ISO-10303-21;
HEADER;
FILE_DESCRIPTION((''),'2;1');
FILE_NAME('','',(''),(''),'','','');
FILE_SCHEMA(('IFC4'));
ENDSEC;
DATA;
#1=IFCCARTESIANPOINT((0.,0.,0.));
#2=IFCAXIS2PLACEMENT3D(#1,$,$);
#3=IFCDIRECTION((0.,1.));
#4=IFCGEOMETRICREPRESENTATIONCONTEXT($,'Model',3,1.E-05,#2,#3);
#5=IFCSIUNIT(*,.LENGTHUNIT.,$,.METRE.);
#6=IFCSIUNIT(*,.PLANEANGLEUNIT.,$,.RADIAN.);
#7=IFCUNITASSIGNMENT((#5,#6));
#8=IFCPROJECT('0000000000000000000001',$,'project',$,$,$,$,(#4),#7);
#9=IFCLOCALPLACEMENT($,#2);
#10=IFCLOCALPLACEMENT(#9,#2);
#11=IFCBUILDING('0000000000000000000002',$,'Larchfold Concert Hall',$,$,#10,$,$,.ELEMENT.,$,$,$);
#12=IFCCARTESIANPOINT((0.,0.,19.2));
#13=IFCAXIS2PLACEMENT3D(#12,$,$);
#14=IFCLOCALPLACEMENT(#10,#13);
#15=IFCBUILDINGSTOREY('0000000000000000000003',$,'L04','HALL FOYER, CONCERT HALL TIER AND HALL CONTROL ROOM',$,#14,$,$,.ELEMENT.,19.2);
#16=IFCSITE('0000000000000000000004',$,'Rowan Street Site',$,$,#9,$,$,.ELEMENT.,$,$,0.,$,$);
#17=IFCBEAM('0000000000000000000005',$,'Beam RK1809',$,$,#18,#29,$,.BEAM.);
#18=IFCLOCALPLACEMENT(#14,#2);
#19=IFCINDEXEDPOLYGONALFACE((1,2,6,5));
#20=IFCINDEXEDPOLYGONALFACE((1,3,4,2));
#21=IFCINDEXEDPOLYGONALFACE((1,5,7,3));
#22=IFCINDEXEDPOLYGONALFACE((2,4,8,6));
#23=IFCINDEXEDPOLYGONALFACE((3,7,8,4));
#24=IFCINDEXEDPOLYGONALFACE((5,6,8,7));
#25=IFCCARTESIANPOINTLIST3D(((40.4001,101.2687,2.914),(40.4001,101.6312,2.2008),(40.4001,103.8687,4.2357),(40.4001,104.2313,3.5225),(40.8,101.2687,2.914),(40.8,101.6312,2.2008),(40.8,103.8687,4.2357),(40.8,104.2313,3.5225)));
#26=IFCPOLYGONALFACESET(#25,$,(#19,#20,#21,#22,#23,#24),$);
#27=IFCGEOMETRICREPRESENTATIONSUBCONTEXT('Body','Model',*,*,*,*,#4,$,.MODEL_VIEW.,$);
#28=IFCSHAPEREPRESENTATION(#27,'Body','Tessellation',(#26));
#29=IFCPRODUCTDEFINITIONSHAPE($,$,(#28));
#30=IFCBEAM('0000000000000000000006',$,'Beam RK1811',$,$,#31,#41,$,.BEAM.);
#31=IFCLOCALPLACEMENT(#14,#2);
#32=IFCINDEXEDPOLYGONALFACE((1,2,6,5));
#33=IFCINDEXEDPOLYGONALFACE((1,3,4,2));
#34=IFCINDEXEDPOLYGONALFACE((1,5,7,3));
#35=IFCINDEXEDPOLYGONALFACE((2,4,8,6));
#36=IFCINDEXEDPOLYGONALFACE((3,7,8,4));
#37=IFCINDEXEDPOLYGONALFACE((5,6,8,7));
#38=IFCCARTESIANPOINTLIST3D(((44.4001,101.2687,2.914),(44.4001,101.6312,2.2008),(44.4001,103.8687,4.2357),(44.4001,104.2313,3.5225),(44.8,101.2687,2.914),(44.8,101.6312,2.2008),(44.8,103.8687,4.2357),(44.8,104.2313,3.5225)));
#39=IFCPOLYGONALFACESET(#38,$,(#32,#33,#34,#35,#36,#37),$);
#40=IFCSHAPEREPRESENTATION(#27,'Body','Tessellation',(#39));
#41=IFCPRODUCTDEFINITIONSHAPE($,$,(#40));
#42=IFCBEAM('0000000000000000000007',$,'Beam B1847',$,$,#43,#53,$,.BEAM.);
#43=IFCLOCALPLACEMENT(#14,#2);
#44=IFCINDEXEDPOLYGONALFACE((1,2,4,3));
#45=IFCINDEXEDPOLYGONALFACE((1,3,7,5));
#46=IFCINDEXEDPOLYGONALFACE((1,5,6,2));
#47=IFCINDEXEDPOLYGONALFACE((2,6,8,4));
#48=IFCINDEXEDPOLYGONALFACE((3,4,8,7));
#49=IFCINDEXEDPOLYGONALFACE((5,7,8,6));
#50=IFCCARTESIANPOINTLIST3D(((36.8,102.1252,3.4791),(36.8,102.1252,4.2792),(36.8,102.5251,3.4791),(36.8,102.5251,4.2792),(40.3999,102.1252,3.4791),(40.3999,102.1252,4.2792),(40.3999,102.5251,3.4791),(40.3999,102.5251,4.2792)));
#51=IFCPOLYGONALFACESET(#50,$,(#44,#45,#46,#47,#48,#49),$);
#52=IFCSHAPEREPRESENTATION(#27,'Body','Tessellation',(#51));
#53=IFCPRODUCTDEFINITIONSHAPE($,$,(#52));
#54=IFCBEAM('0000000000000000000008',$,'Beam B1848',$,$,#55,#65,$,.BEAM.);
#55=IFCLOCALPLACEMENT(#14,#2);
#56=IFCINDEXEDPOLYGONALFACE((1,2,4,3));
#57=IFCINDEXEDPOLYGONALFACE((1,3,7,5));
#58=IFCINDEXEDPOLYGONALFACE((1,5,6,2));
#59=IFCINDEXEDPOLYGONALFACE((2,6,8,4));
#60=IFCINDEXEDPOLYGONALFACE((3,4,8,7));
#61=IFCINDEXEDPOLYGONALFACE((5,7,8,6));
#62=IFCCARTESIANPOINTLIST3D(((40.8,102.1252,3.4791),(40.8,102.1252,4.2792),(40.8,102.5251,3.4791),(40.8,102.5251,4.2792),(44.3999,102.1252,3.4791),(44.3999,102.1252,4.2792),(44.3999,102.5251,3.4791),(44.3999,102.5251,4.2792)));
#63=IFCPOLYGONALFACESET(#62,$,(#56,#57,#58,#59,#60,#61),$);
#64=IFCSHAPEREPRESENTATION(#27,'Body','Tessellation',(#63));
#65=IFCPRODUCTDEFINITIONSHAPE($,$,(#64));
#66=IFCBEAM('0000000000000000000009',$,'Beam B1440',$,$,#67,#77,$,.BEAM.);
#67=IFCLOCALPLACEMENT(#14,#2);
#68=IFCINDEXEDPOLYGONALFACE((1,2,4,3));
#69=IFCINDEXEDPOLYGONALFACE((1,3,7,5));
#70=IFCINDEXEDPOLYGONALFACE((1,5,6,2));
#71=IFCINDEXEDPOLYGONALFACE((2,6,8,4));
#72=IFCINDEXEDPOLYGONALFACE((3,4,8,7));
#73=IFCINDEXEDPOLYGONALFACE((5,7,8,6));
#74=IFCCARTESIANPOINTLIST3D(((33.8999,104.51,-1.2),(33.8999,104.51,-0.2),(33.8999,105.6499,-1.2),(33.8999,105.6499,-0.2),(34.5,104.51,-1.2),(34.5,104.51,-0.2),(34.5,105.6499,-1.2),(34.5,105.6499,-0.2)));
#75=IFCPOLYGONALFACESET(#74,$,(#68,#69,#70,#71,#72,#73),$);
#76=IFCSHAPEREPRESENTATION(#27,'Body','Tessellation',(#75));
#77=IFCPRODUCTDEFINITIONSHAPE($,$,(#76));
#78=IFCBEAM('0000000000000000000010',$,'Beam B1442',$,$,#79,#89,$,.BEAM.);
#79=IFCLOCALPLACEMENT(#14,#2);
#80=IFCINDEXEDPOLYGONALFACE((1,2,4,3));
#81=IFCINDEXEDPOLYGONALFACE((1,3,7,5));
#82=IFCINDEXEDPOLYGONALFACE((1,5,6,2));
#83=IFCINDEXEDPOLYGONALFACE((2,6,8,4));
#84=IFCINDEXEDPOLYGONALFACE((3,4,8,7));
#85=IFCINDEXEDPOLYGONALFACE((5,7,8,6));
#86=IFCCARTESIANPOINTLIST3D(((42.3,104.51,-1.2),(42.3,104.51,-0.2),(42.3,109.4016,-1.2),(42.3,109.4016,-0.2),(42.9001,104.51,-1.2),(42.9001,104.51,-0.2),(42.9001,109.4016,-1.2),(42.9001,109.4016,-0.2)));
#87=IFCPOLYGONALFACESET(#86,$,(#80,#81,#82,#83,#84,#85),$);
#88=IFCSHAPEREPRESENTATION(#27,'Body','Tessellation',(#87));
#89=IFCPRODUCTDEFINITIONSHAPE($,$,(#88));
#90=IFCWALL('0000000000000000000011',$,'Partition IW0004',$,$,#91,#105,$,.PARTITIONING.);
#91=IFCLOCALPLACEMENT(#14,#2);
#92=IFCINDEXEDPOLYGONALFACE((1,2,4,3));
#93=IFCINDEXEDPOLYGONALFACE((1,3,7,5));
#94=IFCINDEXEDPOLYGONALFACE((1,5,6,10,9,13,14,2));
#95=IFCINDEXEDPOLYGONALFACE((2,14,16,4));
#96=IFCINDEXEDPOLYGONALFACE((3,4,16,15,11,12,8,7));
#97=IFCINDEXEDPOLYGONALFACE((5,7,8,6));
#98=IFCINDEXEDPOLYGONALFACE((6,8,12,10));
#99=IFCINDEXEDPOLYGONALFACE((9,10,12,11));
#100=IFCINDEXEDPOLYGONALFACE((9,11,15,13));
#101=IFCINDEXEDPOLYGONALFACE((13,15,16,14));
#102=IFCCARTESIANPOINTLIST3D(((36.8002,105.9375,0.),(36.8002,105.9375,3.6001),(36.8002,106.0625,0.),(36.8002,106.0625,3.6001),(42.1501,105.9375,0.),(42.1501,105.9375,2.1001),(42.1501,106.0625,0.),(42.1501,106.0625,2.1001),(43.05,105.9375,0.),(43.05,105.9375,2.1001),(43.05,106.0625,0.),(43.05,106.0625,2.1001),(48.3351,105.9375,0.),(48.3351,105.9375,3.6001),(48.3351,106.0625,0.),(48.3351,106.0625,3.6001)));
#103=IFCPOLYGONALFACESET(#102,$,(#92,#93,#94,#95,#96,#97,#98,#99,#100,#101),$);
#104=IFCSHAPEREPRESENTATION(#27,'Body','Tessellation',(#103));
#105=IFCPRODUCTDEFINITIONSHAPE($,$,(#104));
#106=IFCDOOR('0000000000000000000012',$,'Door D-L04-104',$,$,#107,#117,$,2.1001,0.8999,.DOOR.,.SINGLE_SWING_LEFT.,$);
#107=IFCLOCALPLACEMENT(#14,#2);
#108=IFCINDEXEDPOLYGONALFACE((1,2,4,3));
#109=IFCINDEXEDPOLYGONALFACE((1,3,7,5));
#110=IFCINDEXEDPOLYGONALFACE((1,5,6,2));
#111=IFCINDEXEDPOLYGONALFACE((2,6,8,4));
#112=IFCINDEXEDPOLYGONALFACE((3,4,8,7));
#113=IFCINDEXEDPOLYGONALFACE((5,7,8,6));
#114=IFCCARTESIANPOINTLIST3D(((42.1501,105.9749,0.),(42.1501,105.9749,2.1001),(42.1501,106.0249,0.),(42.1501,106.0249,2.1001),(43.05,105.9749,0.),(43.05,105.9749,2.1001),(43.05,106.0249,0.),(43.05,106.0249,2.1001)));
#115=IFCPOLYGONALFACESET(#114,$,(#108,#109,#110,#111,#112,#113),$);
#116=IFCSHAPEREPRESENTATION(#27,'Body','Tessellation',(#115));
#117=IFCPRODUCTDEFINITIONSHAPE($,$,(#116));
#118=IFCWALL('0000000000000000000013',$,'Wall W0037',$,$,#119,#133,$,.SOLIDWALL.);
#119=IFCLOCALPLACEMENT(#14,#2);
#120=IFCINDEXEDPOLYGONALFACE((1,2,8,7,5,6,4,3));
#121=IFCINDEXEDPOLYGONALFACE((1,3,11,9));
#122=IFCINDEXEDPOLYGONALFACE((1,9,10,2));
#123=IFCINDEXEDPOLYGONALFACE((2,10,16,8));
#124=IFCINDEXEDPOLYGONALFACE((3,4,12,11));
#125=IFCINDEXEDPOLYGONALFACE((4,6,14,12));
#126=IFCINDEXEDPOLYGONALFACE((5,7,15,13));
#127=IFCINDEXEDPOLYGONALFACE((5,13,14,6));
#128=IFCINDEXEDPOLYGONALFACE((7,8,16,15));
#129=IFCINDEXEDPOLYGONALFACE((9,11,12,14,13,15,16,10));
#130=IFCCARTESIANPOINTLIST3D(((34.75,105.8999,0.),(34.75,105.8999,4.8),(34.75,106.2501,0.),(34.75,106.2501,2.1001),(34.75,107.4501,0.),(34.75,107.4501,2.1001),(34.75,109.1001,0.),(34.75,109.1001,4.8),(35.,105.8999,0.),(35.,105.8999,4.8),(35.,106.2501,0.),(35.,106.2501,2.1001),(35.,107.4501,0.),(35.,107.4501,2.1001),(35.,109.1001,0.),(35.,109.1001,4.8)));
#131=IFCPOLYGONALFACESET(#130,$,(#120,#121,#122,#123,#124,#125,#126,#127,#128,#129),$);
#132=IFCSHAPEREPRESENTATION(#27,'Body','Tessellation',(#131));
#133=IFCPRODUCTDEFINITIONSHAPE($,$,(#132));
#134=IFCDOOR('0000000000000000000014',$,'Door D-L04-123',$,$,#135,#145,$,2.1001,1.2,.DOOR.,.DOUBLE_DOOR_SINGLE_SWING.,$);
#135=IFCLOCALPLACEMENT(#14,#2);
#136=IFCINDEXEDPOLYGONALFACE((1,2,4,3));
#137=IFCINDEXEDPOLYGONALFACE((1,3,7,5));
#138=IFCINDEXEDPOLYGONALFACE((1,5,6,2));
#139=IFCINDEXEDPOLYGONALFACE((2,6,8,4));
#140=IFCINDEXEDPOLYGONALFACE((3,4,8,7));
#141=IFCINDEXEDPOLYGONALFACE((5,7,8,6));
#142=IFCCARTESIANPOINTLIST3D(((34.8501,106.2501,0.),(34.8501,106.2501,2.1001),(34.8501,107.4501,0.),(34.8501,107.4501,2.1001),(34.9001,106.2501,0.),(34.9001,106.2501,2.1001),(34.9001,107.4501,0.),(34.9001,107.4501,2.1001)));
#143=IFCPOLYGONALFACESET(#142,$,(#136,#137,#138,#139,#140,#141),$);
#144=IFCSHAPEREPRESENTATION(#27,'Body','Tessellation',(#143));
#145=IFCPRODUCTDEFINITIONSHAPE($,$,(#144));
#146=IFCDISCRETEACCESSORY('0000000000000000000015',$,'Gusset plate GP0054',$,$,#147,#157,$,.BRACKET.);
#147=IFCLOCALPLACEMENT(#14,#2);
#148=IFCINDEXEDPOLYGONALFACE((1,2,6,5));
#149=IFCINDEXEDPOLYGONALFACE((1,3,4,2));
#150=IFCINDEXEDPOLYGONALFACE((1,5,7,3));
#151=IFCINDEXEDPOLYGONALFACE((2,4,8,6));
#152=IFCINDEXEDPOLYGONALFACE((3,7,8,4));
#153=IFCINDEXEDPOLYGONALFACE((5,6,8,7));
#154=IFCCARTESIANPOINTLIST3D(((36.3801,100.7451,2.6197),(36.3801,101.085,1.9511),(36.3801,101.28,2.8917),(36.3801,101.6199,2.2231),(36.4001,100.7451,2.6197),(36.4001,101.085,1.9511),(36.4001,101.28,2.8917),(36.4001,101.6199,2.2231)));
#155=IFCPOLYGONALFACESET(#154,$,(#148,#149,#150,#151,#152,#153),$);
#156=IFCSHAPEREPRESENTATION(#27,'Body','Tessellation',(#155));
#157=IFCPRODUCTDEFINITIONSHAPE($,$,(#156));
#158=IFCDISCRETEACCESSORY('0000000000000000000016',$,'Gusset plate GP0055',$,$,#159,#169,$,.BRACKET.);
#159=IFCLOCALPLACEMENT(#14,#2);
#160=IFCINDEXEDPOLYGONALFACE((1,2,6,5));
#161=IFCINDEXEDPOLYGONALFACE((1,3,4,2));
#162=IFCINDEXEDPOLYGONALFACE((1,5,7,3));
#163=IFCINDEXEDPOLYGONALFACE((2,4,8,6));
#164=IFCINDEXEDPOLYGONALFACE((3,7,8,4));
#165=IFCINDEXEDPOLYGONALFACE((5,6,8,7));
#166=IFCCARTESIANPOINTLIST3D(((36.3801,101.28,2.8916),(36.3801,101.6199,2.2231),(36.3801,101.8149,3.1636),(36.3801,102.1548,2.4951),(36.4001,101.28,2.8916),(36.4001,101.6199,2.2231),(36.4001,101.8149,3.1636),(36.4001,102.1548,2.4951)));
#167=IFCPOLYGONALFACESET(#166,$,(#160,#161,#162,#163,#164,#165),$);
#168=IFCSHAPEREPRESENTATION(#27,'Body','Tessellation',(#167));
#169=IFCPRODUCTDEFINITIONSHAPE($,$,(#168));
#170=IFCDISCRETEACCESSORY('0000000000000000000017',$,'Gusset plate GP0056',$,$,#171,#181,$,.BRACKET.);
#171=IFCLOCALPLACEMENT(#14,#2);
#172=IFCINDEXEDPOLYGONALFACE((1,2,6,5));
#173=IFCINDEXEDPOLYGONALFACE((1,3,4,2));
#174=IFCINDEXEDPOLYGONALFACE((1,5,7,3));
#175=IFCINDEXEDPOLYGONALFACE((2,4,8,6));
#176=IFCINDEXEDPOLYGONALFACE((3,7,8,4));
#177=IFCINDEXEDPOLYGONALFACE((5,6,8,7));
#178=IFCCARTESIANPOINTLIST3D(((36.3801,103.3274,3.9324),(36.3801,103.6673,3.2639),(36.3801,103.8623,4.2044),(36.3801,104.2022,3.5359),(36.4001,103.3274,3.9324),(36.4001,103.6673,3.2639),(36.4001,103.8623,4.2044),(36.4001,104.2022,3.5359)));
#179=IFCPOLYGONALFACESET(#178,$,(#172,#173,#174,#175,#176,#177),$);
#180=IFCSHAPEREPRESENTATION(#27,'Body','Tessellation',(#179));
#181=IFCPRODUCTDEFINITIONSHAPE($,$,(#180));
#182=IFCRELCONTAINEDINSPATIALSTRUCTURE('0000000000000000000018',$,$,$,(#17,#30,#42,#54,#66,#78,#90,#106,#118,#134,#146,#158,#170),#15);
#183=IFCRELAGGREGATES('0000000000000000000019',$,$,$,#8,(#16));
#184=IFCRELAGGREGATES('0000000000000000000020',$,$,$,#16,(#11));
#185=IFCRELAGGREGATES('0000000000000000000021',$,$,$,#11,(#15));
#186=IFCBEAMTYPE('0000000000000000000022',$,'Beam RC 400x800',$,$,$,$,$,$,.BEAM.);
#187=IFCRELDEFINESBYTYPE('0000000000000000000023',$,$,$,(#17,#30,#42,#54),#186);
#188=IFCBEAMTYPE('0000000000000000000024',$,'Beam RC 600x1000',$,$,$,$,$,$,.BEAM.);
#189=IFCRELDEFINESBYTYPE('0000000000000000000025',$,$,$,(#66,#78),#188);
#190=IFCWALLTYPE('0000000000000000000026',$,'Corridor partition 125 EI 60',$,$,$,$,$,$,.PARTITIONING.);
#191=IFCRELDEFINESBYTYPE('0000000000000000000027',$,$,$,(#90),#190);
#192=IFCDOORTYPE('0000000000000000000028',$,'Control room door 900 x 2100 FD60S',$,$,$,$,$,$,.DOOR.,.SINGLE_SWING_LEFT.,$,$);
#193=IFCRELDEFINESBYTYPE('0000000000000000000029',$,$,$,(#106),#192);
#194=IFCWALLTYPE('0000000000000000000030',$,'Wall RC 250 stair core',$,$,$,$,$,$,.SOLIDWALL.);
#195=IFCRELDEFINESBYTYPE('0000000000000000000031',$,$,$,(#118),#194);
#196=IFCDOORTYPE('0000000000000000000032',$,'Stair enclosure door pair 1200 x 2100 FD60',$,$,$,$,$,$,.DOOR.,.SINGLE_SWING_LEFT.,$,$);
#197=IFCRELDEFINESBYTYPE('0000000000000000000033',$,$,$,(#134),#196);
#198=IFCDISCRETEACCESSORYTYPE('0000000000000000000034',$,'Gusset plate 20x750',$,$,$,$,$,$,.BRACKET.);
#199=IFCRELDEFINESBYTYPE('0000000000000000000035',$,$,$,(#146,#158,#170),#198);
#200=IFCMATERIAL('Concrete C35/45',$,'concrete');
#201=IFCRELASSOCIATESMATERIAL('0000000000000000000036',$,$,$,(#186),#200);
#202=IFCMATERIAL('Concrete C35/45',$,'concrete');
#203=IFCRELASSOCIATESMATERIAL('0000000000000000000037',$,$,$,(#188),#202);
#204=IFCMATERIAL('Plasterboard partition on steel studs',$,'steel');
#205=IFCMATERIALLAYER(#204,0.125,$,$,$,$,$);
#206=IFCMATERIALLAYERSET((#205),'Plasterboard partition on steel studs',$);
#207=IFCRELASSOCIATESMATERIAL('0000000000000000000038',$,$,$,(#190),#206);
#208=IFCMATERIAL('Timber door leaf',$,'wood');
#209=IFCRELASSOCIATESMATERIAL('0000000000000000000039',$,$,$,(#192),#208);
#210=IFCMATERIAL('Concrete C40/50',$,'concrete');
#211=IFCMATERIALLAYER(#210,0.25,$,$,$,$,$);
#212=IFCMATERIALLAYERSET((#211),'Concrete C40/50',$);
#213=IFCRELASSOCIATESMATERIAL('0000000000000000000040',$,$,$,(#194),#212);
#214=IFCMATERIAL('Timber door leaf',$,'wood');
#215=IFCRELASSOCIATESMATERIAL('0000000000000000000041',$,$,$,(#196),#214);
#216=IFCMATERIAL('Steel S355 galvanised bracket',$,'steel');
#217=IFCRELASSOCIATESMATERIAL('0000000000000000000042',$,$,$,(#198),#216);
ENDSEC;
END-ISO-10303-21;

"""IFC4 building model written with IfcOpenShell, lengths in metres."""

from ifc_helpers import new_model, si_unit, direction, frame, frame_2d, origin, origin_2d, place, context, subcontext, project, spatial, rectangle, extrude, material, layer, layer_set, material_profile, profile_set, type_object, element, fill, save


model = new_model("IFC4")

# Units and contexts
model_context = context("Model", 3, precision=1e-05, world=origin(), true_north=direction((0.0, 1.0)))
body_context = subcontext(model_context, "Body", "Model", "MODEL_VIEW")
ifc_project = project(units=[si_unit("LENGTHUNIT", "METRE"), si_unit("PLANEANGLEUNIT", "RADIAN")], contexts=[model_context])

# Site, building, storey
site_placement = place(None, origin())
site = spatial("IfcSite", under=ifc_project, at=site_placement, Name="Rowan Street Site", CompositionType="ELEMENT", RefElevation=0.0)
building_placement = place(site_placement, origin())
building = spatial("IfcBuilding", under=site, at=building_placement, Name="Larchfold Concert Hall", CompositionType="ELEMENT")
storey_placement = place(building_placement, frame((0.0, 0.0, 19.2)))
storey = spatial("IfcBuildingStorey", under=building, at=storey_placement, Name="L04", Description="HALL FOYER, CONCERT HALL TIER AND HALL CONTROL ROOM", CompositionType="ELEMENT", Elevation=19.2)

# Beams
ifc_material_1 = material(Name="Concrete C35/45", Category="concrete")
ifc_material_profile_1 = material_profile(ifc_material_1, rectangle(XDim=0.3999, YDim=0.8, at=origin_2d()))
ifc_profile_set_1 = profile_set([ifc_material_profile_1], Name="Concrete C35/45")
beam_type_1 = type_object("IfcBeamType", Name="Beam RC 400x800", PredefinedType="BEAM", material=ifc_profile_set_1)
for number, where, z_axis, x_axis, name in (
    (1, (40.6001, 101.45, 2.5574), (0.0, 0.891428, 0.453163), (-1.0, 0.0, 0.0), "Beam RK1809"),
    (2, (44.6001, 101.45, 2.5574), (0.0, 0.891428, 0.453163), (-1.0, 0.0, 0.0), "Beam RK1811"),
):
    element("IfcBeam", number, at=place(storey_placement, frame(where, z_axis=z_axis, x_axis=x_axis)), inside=storey, type_object=beam_type_1, Name=name, PredefinedType="BEAM", context=body_context, shape_type="SweptSolid", body=[
        extrude(rectangle(XDim=0.3999, YDim=0.8, at=origin_2d()), origin(), (0.0, 0.0, 1.0), 2.9167),
    ])
for number, where, z_axis, x_axis, name in (
    (3, (36.8, 102.3252, 3.8792), (1.0, 0.0, 0.0), (0.0, 1.0, 0.0), "Beam B1847"),
    (4, (40.8, 102.3252, 3.8792), (1.0, 0.0, 0.0), (0.0, 1.0, 0.0), "Beam B1848"),
):
    element("IfcBeam", number, at=place(storey_placement, frame(where, z_axis=z_axis, x_axis=x_axis)), inside=storey, type_object=beam_type_1, Name=name, PredefinedType="BEAM", context=body_context, shape_type="SweptSolid", body=[
        extrude(rectangle(XDim=0.3999, YDim=0.8, at=origin_2d()), origin(), (0.0, 0.0, 1.0), 3.5999),
    ])
ifc_material_2 = material(Name="Concrete C35/45", Category="concrete")
ifc_material_profile_2 = material_profile(ifc_material_2, rectangle(XDim=0.6001, YDim=1.0, at=origin_2d()))
ifc_profile_set_2 = profile_set([ifc_material_profile_2], Name="Concrete C35/45")
beam_type_2 = type_object("IfcBeamType", Name="Beam RC 600x1000", PredefinedType="BEAM", material=ifc_profile_set_2)
beam_1_placement = place(storey_placement, frame((34.2, 104.51, -0.7), z_axis=(0.0, 1.0, 0.0), x_axis=(-1.0, 0.0, 0.0)))
element("IfcBeam", 5, at=beam_1_placement, inside=storey, type_object=beam_type_2, Name="Beam B1440", PredefinedType="BEAM", context=body_context, shape_type="SweptSolid", body=[
    extrude(rectangle(XDim=0.6001, YDim=1.0, at=origin_2d()), origin(), (0.0, 0.0, 1.0), 1.1399),
])
beam_2_placement = place(storey_placement, frame((42.6001, 104.51, -0.7), z_axis=(0.0, 1.0, 0.0), x_axis=(-1.0, 0.0, 0.0)))
element("IfcBeam", 6, at=beam_2_placement, inside=storey, type_object=beam_type_2, Name="Beam B1442", PredefinedType="BEAM", context=body_context, shape_type="SweptSolid", body=[
    extrude(rectangle(XDim=0.6001, YDim=1.0, at=origin_2d()), origin(), (0.0, 0.0, 1.0), 4.8916),
])

# Walls, openings, doors
ifc_material_3 = material(Name="Plasterboard partition on steel studs", Category="steel")
ifc_layer_1 = layer(ifc_material_3, 0.125)
ifc_layer_set_1 = layer_set([ifc_layer_1], Name="Plasterboard partition on steel studs")
wall_type_1 = type_object("IfcWallType", Name="Corridor partition 125 EI 60", PredefinedType="PARTITIONING", material=ifc_layer_set_1)
wall_1_placement = place(storey_placement, frame((36.8, 106.0, 0.0), z_axis=(0.0, 0.0, 1.0), x_axis=(1.0, 0.0, 0.0)))
wall_1 = element("IfcWall", 7, at=wall_1_placement, inside=storey, type_object=wall_type_1, Name="Partition IW0004", PredefinedType="PARTITIONING", context=body_context, shape_type="SweptSolid", body=[
    extrude(rectangle(XDim=11.5349, YDim=0.125, at=frame_2d((5.7676, 0.0))), origin(), (0.0, 0.0, 1.0), 3.6001),
])
opening_1_placement = place(wall_1_placement, frame((5.3501, 0.0, 0.0)))
opening_1 = element("IfcOpeningElement", 8, at=opening_1_placement, cuts=wall_1, PredefinedType="OPENING", context=body_context, shape_type="SweptSolid", body=[
    extrude(rectangle(XDim=0.8999, YDim=2.1001, at=frame_2d((0.45, 1.05))), frame((0.0, 0.0725, 0.0), z_axis=(0.0, -1.0, 0.0), x_axis=(1.0, 0.0, 0.0)), (0.0, 0.0, 1.0), 0.145),
])
ifc_material_4 = material(Name="Timber door leaf", Category="wood")
door_type_1 = type_object("IfcDoorType", Name="Control room door 900 x 2100 FD60S", OperationType="SINGLE_SWING_LEFT", PredefinedType="DOOR", material=ifc_material_4)
door_1_placement = place(opening_1_placement, origin())
door_1 = element("IfcDoor", 9, at=door_1_placement, inside=storey, type_object=door_type_1, Name="Door D-L04-104", OperationType="SINGLE_SWING_LEFT", OverallHeight=2.1001, OverallWidth=0.8999, PredefinedType="DOOR", context=body_context, shape_type="SweptSolid", body=[
    extrude(rectangle(XDim=0.8999, YDim=2.1001, at=frame_2d((0.45, 1.05))), frame((0.0, 0.0249, 0.0), z_axis=(0.0, -1.0, 0.0), x_axis=(1.0, 0.0, 0.0)), (0.0, 0.0, 1.0), 0.05),
])
fill(opening_1, door_1)
ifc_material_5 = material(Name="Concrete C40/50", Category="concrete")
ifc_layer_2 = layer(ifc_material_5, 0.25)
ifc_layer_set_2 = layer_set([ifc_layer_2], Name="Concrete C40/50")
wall_type_2 = type_object("IfcWallType", Name="Wall RC 250 stair core", PredefinedType="SOLIDWALL", material=ifc_layer_set_2)
wall_2_placement = place(storey_placement, frame((34.875, 105.8999, 0.0), z_axis=(0.0, 0.0, 1.0), x_axis=(0.0, 1.0, 0.0)))
wall_2 = element("IfcWall", 10, at=wall_2_placement, inside=storey, type_object=wall_type_2, Name="Wall W0037", PredefinedType="SOLIDWALL", context=body_context, shape_type="SweptSolid", body=[
    extrude(rectangle(XDim=3.2002, YDim=0.25, at=frame_2d((1.6001, 0.0))), origin(), (0.0, 0.0, 1.0), 4.8),
])
opening_2_placement = place(wall_2_placement, frame((0.3501, 0.0, 0.0)))
opening_2 = element("IfcOpeningElement", 11, at=opening_2_placement, cuts=wall_2, PredefinedType="OPENING", context=body_context, shape_type="SweptSolid", body=[
    extrude(rectangle(XDim=1.2, YDim=2.1001, at=frame_2d((0.6001, 1.05))), frame((0.0, 0.135, 0.0), z_axis=(0.0, -1.0, 0.0), x_axis=(1.0, 0.0, 0.0)), (0.0, 0.0, 1.0), 0.27),
])
ifc_material_6 = material(Name="Timber door leaf", Category="wood")
door_type_2 = type_object("IfcDoorType", Name="Stair enclosure door pair 1200 x 2100 FD60", OperationType="SINGLE_SWING_LEFT", PredefinedType="DOOR", material=ifc_material_6)
door_2_placement = place(opening_2_placement, origin())
door_2 = element("IfcDoor", 12, at=door_2_placement, inside=storey, type_object=door_type_2, Name="Door D-L04-123", OperationType="DOUBLE_DOOR_SINGLE_SWING", OverallHeight=2.1001, OverallWidth=1.2, PredefinedType="DOOR", context=body_context, shape_type="SweptSolid", body=[
    extrude(rectangle(XDim=1.2, YDim=2.1001, at=frame_2d((0.6001, 1.05))), frame((0.0, 0.0249, 0.0), z_axis=(0.0, -1.0, 0.0), x_axis=(1.0, 0.0, 0.0)), (0.0, 0.0, 1.0), 0.05),
])
fill(opening_2, door_2)

# Discrete accessories
ifc_material_7 = material(Name="Steel S355 galvanised bracket", Category="steel")
ifc_material_profile_3 = material_profile(ifc_material_7, rectangle(XDim=0.02, YDim=0.75, at=origin_2d()))
ifc_profile_set_3 = profile_set([ifc_material_profile_3], Name="Steel S355 galvanised bracket")
discrete_accessory_type = type_object("IfcDiscreteAccessoryType", Name="Gusset plate 20x750", PredefinedType="BRACKET", material=ifc_profile_set_3)
for number, where, z_axis, x_axis, name in (
    (13, (36.3901, 100.915, 2.2854), (0.0, 0.891396, 0.453225), (-1.0, 0.0, 0.0), "Gusset plate GP0054"),
    (14, (36.3901, 101.45, 2.5574), (0.0, 0.891396, 0.453225), (-1.0, 0.0, 0.0), "Gusset plate GP0055"),
    (15, (36.3901, 103.4973, 3.5981), (0.0, 0.891396, 0.453225), (-1.0, 0.0, 0.0), "Gusset plate GP0056"),
):
    element("IfcDiscreteAccessory", number, at=place(storey_placement, frame(where, z_axis=z_axis, x_axis=x_axis)), inside=storey, type_object=discrete_accessory_type, Name=name, PredefinedType="BRACKET", context=body_context, shape_type="SweptSolid", body=[
        extrude(rectangle(XDim=0.02, YDim=0.75, at=origin_2d()), origin(), (0.0, 0.0, 1.0), 0.6001),
    ])

save(model, "model.ifc")
